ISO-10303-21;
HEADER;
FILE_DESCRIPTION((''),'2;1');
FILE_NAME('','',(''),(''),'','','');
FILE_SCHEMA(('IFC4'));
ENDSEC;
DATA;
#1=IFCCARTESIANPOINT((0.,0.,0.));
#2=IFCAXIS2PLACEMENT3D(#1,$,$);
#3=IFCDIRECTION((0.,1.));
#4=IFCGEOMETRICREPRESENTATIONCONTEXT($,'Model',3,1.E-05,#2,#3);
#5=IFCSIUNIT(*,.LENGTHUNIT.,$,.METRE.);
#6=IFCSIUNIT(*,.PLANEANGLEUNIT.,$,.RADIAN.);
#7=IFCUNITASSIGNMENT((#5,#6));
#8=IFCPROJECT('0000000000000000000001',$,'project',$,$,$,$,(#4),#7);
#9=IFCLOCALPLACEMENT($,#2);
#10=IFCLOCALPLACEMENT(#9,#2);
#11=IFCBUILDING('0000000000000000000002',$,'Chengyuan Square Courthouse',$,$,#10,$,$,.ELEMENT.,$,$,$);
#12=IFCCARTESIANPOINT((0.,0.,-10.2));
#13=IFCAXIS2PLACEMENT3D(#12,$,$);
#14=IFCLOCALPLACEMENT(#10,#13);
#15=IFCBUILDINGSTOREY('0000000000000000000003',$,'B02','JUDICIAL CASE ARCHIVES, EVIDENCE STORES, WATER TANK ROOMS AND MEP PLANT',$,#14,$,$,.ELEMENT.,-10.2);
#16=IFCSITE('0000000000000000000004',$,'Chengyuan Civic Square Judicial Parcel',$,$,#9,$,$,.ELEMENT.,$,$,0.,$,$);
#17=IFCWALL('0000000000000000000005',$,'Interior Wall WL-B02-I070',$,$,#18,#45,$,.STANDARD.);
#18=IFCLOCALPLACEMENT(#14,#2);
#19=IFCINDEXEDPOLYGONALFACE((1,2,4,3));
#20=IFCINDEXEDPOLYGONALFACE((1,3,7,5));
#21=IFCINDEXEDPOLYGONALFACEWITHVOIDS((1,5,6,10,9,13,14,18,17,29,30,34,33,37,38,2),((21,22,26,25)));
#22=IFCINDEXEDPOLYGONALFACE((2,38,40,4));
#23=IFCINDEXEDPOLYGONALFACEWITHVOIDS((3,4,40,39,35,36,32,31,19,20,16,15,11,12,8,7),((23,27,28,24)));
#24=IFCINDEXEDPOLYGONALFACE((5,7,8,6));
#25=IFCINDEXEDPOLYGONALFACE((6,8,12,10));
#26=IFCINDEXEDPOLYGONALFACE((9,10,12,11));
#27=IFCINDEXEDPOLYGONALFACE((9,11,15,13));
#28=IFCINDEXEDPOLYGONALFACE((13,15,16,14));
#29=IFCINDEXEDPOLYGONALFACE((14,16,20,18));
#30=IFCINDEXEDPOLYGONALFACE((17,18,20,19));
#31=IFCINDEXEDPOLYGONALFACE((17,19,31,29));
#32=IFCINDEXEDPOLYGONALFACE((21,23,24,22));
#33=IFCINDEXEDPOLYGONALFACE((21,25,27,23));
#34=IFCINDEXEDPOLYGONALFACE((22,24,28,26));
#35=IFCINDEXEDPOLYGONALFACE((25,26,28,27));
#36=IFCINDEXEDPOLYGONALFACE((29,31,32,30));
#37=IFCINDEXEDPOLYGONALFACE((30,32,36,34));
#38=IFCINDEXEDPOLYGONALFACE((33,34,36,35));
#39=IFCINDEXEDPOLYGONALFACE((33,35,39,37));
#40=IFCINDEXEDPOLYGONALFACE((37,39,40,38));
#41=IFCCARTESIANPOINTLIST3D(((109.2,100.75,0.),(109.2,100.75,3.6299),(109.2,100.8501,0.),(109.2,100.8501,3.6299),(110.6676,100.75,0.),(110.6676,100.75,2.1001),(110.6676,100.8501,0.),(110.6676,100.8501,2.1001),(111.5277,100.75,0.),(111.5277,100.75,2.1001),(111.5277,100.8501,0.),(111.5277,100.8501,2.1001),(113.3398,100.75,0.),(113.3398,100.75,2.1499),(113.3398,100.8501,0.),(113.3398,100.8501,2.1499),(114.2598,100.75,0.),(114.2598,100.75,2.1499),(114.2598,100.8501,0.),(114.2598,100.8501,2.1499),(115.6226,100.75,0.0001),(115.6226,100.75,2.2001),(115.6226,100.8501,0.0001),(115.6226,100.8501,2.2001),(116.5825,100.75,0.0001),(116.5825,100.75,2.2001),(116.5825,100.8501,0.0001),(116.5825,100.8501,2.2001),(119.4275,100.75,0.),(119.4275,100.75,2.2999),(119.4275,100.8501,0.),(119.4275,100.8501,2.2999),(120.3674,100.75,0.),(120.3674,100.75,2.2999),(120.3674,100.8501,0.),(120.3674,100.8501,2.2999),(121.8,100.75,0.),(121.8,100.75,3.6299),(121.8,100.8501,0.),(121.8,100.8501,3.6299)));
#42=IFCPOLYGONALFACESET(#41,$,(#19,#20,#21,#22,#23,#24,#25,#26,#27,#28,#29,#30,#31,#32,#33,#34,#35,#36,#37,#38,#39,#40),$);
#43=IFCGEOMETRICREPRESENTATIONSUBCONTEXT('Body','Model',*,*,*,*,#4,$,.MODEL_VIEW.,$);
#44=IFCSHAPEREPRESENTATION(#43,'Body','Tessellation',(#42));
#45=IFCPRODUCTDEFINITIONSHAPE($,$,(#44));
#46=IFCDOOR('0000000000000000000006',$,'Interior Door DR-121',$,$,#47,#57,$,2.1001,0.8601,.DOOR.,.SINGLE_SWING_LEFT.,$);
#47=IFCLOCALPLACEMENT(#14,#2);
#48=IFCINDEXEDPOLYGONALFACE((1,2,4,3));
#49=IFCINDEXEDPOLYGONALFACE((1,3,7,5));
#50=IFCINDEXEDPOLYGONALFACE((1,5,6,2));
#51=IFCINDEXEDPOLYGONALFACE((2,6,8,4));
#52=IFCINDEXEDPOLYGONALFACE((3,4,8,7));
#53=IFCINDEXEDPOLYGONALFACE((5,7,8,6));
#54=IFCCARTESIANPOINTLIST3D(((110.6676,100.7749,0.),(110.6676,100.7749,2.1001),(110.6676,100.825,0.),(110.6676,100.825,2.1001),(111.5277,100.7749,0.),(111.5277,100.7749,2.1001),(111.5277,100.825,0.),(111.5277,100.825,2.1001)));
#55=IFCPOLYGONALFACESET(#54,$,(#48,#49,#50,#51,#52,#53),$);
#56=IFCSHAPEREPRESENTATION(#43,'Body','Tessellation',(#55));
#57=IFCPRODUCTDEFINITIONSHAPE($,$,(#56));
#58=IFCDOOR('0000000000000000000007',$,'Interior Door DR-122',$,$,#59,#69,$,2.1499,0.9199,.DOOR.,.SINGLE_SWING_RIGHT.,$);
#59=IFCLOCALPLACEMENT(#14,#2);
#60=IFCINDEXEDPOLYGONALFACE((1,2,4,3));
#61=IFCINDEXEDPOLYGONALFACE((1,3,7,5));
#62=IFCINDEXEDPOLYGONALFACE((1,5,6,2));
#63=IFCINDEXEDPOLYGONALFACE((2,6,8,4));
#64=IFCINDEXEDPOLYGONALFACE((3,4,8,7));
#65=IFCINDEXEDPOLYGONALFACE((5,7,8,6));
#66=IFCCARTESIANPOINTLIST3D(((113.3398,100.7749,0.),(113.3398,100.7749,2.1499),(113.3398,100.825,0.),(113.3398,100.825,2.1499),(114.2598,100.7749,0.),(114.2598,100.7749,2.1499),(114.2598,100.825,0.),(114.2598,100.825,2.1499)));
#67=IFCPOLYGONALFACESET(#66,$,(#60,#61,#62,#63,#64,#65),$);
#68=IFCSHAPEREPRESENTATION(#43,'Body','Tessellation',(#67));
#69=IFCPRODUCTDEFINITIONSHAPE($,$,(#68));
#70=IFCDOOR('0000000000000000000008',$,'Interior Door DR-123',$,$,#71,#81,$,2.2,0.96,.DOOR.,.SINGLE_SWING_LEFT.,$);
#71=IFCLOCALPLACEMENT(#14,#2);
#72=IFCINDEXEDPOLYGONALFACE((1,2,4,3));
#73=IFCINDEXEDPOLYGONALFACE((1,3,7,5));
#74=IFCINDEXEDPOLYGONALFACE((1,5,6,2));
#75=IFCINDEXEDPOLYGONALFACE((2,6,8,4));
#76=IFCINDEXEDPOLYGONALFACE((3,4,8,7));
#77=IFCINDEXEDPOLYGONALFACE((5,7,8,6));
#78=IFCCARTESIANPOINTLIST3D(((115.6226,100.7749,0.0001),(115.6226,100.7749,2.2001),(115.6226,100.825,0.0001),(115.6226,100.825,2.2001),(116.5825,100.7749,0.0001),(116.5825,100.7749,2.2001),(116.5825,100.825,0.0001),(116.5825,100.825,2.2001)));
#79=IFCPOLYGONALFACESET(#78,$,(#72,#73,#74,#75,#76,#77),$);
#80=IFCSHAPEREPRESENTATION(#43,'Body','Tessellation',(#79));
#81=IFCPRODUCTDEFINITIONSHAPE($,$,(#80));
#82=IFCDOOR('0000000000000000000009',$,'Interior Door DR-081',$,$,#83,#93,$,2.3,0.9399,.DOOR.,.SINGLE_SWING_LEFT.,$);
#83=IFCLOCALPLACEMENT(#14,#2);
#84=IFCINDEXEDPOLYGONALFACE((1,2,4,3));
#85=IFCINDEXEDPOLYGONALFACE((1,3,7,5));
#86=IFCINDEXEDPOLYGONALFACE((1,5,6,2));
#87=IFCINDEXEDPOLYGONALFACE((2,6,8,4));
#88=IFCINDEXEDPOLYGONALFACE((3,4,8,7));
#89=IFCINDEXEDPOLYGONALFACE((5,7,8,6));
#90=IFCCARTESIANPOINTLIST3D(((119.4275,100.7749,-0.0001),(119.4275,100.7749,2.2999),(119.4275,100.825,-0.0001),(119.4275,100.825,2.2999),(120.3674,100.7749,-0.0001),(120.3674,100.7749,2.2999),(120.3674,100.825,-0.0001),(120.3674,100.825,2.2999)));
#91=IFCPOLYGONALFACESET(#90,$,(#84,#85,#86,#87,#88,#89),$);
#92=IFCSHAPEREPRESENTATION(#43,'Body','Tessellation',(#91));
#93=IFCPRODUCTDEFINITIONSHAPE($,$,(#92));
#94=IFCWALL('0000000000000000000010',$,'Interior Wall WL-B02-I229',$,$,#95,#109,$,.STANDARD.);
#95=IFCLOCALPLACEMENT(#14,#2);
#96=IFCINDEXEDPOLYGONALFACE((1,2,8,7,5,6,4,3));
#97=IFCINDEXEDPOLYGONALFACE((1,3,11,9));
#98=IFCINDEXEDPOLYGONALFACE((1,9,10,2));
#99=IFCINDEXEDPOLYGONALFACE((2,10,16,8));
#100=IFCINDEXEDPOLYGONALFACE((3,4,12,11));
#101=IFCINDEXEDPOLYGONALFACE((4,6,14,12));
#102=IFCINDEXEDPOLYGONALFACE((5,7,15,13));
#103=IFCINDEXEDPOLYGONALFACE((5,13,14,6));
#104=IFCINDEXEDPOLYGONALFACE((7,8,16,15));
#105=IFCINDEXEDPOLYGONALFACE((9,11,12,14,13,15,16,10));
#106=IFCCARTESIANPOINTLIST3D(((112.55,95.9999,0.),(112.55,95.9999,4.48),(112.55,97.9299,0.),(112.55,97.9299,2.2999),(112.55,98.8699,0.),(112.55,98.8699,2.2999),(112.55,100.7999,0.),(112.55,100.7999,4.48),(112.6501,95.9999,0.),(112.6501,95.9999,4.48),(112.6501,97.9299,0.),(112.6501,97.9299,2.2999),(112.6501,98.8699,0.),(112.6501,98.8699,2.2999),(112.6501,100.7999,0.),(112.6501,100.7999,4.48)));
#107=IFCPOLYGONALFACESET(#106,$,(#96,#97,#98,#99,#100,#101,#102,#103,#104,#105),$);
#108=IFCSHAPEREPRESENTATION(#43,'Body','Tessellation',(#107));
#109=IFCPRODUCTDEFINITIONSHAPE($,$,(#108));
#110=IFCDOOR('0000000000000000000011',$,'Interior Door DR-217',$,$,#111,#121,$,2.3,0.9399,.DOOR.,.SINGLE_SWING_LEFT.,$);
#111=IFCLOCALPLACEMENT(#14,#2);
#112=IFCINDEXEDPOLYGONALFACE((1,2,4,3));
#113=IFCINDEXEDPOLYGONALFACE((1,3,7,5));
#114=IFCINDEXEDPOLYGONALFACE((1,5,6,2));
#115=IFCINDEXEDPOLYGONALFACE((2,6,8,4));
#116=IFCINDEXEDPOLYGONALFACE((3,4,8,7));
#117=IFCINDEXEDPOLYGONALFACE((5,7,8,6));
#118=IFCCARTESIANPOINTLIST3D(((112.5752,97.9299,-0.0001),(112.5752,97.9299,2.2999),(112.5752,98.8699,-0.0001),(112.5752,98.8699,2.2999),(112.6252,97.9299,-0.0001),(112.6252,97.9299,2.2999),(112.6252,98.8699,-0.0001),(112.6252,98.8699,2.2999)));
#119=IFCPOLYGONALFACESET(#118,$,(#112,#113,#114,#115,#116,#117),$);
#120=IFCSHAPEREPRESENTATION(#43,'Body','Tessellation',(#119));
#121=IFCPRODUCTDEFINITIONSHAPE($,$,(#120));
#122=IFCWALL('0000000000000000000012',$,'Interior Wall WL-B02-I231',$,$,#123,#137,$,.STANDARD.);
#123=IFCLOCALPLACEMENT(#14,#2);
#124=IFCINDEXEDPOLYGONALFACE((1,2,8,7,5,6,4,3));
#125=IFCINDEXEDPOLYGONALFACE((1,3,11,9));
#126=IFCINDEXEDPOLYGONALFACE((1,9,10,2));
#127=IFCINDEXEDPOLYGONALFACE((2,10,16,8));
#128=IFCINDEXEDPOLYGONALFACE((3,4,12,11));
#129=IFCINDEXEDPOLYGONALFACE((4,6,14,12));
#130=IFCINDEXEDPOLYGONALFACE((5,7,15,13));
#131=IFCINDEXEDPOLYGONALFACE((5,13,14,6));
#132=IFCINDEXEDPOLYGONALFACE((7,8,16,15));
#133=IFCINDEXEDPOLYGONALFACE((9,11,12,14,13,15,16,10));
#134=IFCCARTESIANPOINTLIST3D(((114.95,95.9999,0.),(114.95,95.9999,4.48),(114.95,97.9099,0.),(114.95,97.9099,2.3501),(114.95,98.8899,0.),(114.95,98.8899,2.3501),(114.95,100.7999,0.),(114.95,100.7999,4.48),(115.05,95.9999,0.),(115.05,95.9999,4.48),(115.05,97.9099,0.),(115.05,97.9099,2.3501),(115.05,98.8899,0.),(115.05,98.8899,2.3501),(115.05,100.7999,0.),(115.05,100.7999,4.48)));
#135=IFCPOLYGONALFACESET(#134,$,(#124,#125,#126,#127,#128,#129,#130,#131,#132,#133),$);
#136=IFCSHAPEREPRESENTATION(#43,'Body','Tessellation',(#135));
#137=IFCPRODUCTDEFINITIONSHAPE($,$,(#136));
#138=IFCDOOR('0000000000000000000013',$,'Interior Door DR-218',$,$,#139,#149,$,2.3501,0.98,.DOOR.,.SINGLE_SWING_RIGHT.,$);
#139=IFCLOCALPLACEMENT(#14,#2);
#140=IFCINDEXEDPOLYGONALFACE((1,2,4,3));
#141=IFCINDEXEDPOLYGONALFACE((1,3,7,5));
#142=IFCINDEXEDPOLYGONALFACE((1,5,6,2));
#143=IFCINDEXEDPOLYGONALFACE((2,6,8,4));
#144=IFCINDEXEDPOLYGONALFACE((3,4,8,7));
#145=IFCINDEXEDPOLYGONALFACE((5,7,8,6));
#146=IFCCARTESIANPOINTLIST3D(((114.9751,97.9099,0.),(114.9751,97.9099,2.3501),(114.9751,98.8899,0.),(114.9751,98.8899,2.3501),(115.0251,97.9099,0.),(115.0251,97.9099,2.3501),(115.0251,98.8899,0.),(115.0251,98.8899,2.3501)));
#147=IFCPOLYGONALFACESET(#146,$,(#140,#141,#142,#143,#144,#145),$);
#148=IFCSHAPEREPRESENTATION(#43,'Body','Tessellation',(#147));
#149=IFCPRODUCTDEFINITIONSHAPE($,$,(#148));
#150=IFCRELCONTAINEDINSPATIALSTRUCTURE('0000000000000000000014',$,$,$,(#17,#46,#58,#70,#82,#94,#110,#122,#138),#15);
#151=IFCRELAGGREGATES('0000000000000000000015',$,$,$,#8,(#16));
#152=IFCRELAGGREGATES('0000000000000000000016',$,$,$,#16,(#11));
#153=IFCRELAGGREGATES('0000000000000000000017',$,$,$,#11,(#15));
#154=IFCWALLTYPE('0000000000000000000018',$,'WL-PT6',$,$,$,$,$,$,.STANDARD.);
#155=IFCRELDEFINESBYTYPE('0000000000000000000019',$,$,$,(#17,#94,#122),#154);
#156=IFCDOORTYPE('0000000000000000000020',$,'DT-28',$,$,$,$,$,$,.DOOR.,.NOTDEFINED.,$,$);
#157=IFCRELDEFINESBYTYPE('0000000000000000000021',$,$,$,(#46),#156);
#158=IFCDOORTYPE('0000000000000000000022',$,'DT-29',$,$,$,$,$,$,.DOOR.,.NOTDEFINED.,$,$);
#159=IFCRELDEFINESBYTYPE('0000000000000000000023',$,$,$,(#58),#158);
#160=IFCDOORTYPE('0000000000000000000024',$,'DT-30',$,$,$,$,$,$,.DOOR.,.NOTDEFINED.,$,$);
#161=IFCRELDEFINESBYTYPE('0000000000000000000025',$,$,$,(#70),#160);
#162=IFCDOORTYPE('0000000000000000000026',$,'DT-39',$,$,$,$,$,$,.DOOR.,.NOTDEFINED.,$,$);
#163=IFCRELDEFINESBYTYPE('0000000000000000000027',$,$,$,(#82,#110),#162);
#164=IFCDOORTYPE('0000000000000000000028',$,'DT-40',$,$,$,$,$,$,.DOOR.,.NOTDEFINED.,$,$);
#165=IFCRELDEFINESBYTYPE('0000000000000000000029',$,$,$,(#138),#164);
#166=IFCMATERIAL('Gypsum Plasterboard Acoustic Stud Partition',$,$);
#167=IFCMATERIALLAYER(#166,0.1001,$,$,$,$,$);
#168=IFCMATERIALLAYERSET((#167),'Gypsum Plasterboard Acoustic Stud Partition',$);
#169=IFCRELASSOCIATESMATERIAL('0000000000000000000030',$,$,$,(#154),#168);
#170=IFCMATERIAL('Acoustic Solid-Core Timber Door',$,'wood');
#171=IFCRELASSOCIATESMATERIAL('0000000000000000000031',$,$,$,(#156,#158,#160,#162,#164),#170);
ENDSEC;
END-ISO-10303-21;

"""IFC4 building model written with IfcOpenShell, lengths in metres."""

from ifc_helpers import new_model, si_unit, direction, frame, frame_2d, origin, place, context, subcontext, project, spatial, rectangle, extrude, material, layer, layer_set, type_object, element, fill, save


model = new_model("IFC4")

# Units and contexts
model_context = context("Model", 3, precision=1e-05, world=origin(), true_north=direction((0.0, 1.0)))
body_context = subcontext(model_context, "Body", "Model", "MODEL_VIEW")
ifc_project = project(units=[si_unit("LENGTHUNIT", "METRE"), si_unit("PLANEANGLEUNIT", "RADIAN")], contexts=[model_context])

# Site, building, storey
site_placement = place(None, origin())
site = spatial("IfcSite", under=ifc_project, at=site_placement, Name="Chengyuan Civic Square Judicial Parcel", CompositionType="ELEMENT", RefElevation=0.0)
building_placement = place(site_placement, origin())
building = spatial("IfcBuilding", under=site, at=building_placement, Name="Chengyuan Square Courthouse", CompositionType="ELEMENT")
storey_placement = place(building_placement, frame((0.0, 0.0, -10.2)))
storey = spatial("IfcBuildingStorey", under=building, at=storey_placement, Name="B02", Description="JUDICIAL CASE ARCHIVES, EVIDENCE STORES, WATER TANK ROOMS AND MEP PLANT", CompositionType="ELEMENT", Elevation=-10.2)

# Wall, openings, doors
ifc_material_1 = material(Name="Gypsum Plasterboard Acoustic Stud Partition")
ifc_layer_1 = layer(ifc_material_1, 0.1001)
ifc_layer_set_1 = layer_set([ifc_layer_1], Name="Gypsum Plasterboard Acoustic Stud Partition")
wall_type_1 = type_object("IfcWallType", Name="WL-PT6", PredefinedType="STANDARD", material=ifc_layer_set_1)
wall_1_placement = place(storey_placement, frame((109.2, 100.8, 0.0), z_axis=(0.0, 0.0, 1.0), x_axis=(1.0, 0.0, 0.0)))
wall_1 = element("IfcWall", 1, at=wall_1_placement, inside=storey, type_object=wall_type_1, Name="Interior Wall WL-B02-I070", PredefinedType="STANDARD", context=body_context, shape_type="SweptSolid", body=[
    extrude(rectangle(XDim=12.6001, YDim=0.1001, at=frame_2d((6.3, 0.0))), origin(), (0.0, 0.0, 1.0), 3.6299),
])
opening_1_placement = place(wall_1_placement, frame((10.2275, 0.0, 0.0)))
opening_1 = element("IfcOpeningElement", 2, at=opening_1_placement, cuts=wall_1, PredefinedType="OPENING", context=body_context, shape_type="SweptSolid", body=[
    extrude(rectangle(XDim=0.9399, YDim=2.3, at=frame_2d((0.47, 1.1499))), frame((0.0, 0.062, 0.0), z_axis=(0.0, -1.0, 0.0), x_axis=(1.0, 0.0, 0.0)), (0.0, 0.0, 1.0), 0.124),
])
opening_2_placement = place(wall_1_placement, frame((1.4675, 0.0, 0.0)))
opening_2 = element("IfcOpeningElement", 3, at=opening_2_placement, cuts=wall_1, PredefinedType="OPENING", context=body_context, shape_type="SweptSolid", body=[
    extrude(rectangle(XDim=0.8601, YDim=2.1001, at=frame_2d((0.4302, 1.05))), frame((0.0, 0.062, 0.0), z_axis=(0.0, -1.0, 0.0), x_axis=(1.0, 0.0, 0.0)), (0.0, 0.0, 1.0), 0.124),
])
opening_3_placement = place(wall_1_placement, frame((4.1399, 0.0, 0.0)))
opening_3 = element("IfcOpeningElement", 4, at=opening_3_placement, cuts=wall_1, PredefinedType="OPENING", context=body_context, shape_type="SweptSolid", body=[
    extrude(rectangle(XDim=0.9199, YDim=2.1499, at=frame_2d((0.46, 1.075))), frame((0.0, 0.062, 0.0), z_axis=(0.0, -1.0, 0.0), x_axis=(1.0, 0.0, 0.0)), (0.0, 0.0, 1.0), 0.124),
])
opening_4_placement = place(wall_1_placement, frame((6.4226, 0.0, 0.0)))
opening_4 = element("IfcOpeningElement", 5, at=opening_4_placement, cuts=wall_1, PredefinedType="OPENING", context=body_context, shape_type="SweptSolid", body=[
    extrude(rectangle(XDim=0.96, YDim=2.2, at=frame_2d((0.48, 1.1001))), frame((0.0, 0.062, 0.0), z_axis=(0.0, -1.0, 0.0), x_axis=(1.0, 0.0, 0.0)), (0.0, 0.0, 1.0), 0.124),
])
ifc_material_2 = material(Name="Acoustic Solid-Core Timber Door", Category="wood")
door_type_1 = type_object("IfcDoorType", Name="DT-28", OperationType="NOTDEFINED", PredefinedType="DOOR", material=ifc_material_2)
door_1_placement = place(opening_2_placement, origin())
door_1 = element("IfcDoor", 6, at=door_1_placement, inside=storey, type_object=door_type_1, Name="Interior Door DR-121", OperationType="SINGLE_SWING_LEFT", OverallHeight=2.1001, OverallWidth=0.8601, PredefinedType="DOOR", context=body_context, shape_type="SweptSolid", body=[
    extrude(rectangle(XDim=0.8601, YDim=2.1001, at=frame_2d((0.4302, 1.05))), frame((0.0, 0.0249, 0.0), z_axis=(0.0, -1.0, 0.0), x_axis=(1.0, 0.0, 0.0)), (0.0, 0.0, 1.0), 0.05),
])
fill(opening_2, door_1)
door_type_2 = type_object("IfcDoorType", Name="DT-29", OperationType="NOTDEFINED", PredefinedType="DOOR", material=ifc_material_2)
door_2_placement = place(opening_3_placement, origin())
door_2 = element("IfcDoor", 7, at=door_2_placement, inside=storey, type_object=door_type_2, Name="Interior Door DR-122", OperationType="SINGLE_SWING_RIGHT", OverallHeight=2.1499, OverallWidth=0.9199, PredefinedType="DOOR", context=body_context, shape_type="SweptSolid", body=[
    extrude(rectangle(XDim=0.9199, YDim=2.1499, at=frame_2d((0.46, 1.075))), frame((0.0, 0.0249, 0.0), z_axis=(0.0, -1.0, 0.0), x_axis=(1.0, 0.0, 0.0)), (0.0, 0.0, 1.0), 0.05),
])
fill(opening_3, door_2)
door_type_3 = type_object("IfcDoorType", Name="DT-30", OperationType="NOTDEFINED", PredefinedType="DOOR", material=ifc_material_2)
door_3_placement = place(opening_4_placement, origin())
door_3 = element("IfcDoor", 8, at=door_3_placement, inside=storey, type_object=door_type_3, Name="Interior Door DR-123", OperationType="SINGLE_SWING_LEFT", OverallHeight=2.2, OverallWidth=0.96, PredefinedType="DOOR", context=body_context, shape_type="SweptSolid", body=[
    extrude(rectangle(XDim=0.96, YDim=2.2, at=frame_2d((0.48, 1.1001))), frame((0.0, 0.0249, 0.0), z_axis=(0.0, -1.0, 0.0), x_axis=(1.0, 0.0, 0.0)), (0.0, 0.0, 1.0), 0.05),
])
fill(opening_4, door_3)
door_type_4 = type_object("IfcDoorType", Name="DT-39", OperationType="NOTDEFINED", PredefinedType="DOOR", material=ifc_material_2)
door_4_placement = place(opening_1_placement, origin())
door_4 = element("IfcDoor", 9, at=door_4_placement, inside=storey, type_object=door_type_4, Name="Interior Door DR-081", OperationType="SINGLE_SWING_LEFT", OverallHeight=2.3, OverallWidth=0.9399, PredefinedType="DOOR", context=body_context, shape_type="SweptSolid", body=[
    extrude(rectangle(XDim=0.9399, YDim=2.3, at=frame_2d((0.47, 1.1499))), frame((0.0, 0.0249, 0.0), z_axis=(0.0, -1.0, 0.0), x_axis=(1.0, 0.0, 0.0)), (0.0, 0.0, 1.0), 0.05),
])
fill(opening_1, door_4)

# Walls, openings, doors
wall_2_placement = place(storey_placement, frame((112.6001, 96.0, 0.0), z_axis=(0.0, 0.0, 1.0), x_axis=(0.0, 1.0, 0.0)))
wall_2 = element("IfcWall", 10, at=wall_2_placement, inside=storey, type_object=wall_type_1, Name="Interior Wall WL-B02-I229", PredefinedType="STANDARD", context=body_context, shape_type="SweptSolid", body=[
    extrude(rectangle(XDim=4.8, YDim=0.1001, at=frame_2d((2.3999, 0.0))), origin(), (0.0, 0.0, 1.0), 4.48),
])
opening_5_placement = place(wall_2_placement, frame((1.9299, 0.0, 0.0)))
opening_5 = element("IfcOpeningElement", 11, at=opening_5_placement, cuts=wall_2, PredefinedType="OPENING", context=body_context, shape_type="SweptSolid", body=[
    extrude(rectangle(XDim=0.9399, YDim=2.3, at=frame_2d((0.47, 1.1499))), frame((0.0, 0.062, 0.0), z_axis=(0.0, -1.0, 0.0), x_axis=(1.0, 0.0, 0.0)), (0.0, 0.0, 1.0), 0.124),
])
door_5_placement = place(opening_5_placement, origin())
door_5 = element("IfcDoor", 12, at=door_5_placement, inside=storey, type_object=door_type_4, Name="Interior Door DR-217", OperationType="SINGLE_SWING_LEFT", OverallHeight=2.3, OverallWidth=0.9399, PredefinedType="DOOR", context=body_context, shape_type="SweptSolid", body=[
    extrude(rectangle(XDim=0.9399, YDim=2.3, at=frame_2d((0.47, 1.1499))), frame((0.0, 0.0249, 0.0), z_axis=(0.0, -1.0, 0.0), x_axis=(1.0, 0.0, 0.0)), (0.0, 0.0, 1.0), 0.05),
])
fill(opening_5, door_5)
wall_3_placement = place(storey_placement, frame((115.0, 96.0, 0.0), z_axis=(0.0, 0.0, 1.0), x_axis=(0.0, 1.0, 0.0)))
wall_3 = element("IfcWall", 13, at=wall_3_placement, inside=storey, type_object=wall_type_1, Name="Interior Wall WL-B02-I231", PredefinedType="STANDARD", context=body_context, shape_type="SweptSolid", body=[
    extrude(rectangle(XDim=4.8, YDim=0.1001, at=frame_2d((2.3999, 0.0))), origin(), (0.0, 0.0, 1.0), 4.48),
])
opening_6_placement = place(wall_3_placement, frame((1.9099, 0.0, 0.0)))
opening_6 = element("IfcOpeningElement", 14, at=opening_6_placement, cuts=wall_3, PredefinedType="OPENING", context=body_context, shape_type="SweptSolid", body=[
    extrude(rectangle(XDim=0.98, YDim=2.3501, at=frame_2d((0.49, 1.175))), frame((0.0, 0.062, 0.0), z_axis=(0.0, -1.0, 0.0), x_axis=(1.0, 0.0, 0.0)), (0.0, 0.0, 1.0), 0.124),
])
door_type_5 = type_object("IfcDoorType", Name="DT-40", OperationType="NOTDEFINED", PredefinedType="DOOR", material=ifc_material_2)
door_6_placement = place(opening_6_placement, origin())
door_6 = element("IfcDoor", 15, at=door_6_placement, inside=storey, type_object=door_type_5, Name="Interior Door DR-218", OperationType="SINGLE_SWING_RIGHT", OverallHeight=2.3501, OverallWidth=0.98, PredefinedType="DOOR", context=body_context, shape_type="SweptSolid", body=[
    extrude(rectangle(XDim=0.98, YDim=2.3501, at=frame_2d((0.49, 1.175))), frame((0.0, 0.0249, 0.0), z_axis=(0.0, -1.0, 0.0), x_axis=(1.0, 0.0, 0.0)), (0.0, 0.0, 1.0), 0.05),
])
fill(opening_6, door_6)

save(model, "model.ifc")
